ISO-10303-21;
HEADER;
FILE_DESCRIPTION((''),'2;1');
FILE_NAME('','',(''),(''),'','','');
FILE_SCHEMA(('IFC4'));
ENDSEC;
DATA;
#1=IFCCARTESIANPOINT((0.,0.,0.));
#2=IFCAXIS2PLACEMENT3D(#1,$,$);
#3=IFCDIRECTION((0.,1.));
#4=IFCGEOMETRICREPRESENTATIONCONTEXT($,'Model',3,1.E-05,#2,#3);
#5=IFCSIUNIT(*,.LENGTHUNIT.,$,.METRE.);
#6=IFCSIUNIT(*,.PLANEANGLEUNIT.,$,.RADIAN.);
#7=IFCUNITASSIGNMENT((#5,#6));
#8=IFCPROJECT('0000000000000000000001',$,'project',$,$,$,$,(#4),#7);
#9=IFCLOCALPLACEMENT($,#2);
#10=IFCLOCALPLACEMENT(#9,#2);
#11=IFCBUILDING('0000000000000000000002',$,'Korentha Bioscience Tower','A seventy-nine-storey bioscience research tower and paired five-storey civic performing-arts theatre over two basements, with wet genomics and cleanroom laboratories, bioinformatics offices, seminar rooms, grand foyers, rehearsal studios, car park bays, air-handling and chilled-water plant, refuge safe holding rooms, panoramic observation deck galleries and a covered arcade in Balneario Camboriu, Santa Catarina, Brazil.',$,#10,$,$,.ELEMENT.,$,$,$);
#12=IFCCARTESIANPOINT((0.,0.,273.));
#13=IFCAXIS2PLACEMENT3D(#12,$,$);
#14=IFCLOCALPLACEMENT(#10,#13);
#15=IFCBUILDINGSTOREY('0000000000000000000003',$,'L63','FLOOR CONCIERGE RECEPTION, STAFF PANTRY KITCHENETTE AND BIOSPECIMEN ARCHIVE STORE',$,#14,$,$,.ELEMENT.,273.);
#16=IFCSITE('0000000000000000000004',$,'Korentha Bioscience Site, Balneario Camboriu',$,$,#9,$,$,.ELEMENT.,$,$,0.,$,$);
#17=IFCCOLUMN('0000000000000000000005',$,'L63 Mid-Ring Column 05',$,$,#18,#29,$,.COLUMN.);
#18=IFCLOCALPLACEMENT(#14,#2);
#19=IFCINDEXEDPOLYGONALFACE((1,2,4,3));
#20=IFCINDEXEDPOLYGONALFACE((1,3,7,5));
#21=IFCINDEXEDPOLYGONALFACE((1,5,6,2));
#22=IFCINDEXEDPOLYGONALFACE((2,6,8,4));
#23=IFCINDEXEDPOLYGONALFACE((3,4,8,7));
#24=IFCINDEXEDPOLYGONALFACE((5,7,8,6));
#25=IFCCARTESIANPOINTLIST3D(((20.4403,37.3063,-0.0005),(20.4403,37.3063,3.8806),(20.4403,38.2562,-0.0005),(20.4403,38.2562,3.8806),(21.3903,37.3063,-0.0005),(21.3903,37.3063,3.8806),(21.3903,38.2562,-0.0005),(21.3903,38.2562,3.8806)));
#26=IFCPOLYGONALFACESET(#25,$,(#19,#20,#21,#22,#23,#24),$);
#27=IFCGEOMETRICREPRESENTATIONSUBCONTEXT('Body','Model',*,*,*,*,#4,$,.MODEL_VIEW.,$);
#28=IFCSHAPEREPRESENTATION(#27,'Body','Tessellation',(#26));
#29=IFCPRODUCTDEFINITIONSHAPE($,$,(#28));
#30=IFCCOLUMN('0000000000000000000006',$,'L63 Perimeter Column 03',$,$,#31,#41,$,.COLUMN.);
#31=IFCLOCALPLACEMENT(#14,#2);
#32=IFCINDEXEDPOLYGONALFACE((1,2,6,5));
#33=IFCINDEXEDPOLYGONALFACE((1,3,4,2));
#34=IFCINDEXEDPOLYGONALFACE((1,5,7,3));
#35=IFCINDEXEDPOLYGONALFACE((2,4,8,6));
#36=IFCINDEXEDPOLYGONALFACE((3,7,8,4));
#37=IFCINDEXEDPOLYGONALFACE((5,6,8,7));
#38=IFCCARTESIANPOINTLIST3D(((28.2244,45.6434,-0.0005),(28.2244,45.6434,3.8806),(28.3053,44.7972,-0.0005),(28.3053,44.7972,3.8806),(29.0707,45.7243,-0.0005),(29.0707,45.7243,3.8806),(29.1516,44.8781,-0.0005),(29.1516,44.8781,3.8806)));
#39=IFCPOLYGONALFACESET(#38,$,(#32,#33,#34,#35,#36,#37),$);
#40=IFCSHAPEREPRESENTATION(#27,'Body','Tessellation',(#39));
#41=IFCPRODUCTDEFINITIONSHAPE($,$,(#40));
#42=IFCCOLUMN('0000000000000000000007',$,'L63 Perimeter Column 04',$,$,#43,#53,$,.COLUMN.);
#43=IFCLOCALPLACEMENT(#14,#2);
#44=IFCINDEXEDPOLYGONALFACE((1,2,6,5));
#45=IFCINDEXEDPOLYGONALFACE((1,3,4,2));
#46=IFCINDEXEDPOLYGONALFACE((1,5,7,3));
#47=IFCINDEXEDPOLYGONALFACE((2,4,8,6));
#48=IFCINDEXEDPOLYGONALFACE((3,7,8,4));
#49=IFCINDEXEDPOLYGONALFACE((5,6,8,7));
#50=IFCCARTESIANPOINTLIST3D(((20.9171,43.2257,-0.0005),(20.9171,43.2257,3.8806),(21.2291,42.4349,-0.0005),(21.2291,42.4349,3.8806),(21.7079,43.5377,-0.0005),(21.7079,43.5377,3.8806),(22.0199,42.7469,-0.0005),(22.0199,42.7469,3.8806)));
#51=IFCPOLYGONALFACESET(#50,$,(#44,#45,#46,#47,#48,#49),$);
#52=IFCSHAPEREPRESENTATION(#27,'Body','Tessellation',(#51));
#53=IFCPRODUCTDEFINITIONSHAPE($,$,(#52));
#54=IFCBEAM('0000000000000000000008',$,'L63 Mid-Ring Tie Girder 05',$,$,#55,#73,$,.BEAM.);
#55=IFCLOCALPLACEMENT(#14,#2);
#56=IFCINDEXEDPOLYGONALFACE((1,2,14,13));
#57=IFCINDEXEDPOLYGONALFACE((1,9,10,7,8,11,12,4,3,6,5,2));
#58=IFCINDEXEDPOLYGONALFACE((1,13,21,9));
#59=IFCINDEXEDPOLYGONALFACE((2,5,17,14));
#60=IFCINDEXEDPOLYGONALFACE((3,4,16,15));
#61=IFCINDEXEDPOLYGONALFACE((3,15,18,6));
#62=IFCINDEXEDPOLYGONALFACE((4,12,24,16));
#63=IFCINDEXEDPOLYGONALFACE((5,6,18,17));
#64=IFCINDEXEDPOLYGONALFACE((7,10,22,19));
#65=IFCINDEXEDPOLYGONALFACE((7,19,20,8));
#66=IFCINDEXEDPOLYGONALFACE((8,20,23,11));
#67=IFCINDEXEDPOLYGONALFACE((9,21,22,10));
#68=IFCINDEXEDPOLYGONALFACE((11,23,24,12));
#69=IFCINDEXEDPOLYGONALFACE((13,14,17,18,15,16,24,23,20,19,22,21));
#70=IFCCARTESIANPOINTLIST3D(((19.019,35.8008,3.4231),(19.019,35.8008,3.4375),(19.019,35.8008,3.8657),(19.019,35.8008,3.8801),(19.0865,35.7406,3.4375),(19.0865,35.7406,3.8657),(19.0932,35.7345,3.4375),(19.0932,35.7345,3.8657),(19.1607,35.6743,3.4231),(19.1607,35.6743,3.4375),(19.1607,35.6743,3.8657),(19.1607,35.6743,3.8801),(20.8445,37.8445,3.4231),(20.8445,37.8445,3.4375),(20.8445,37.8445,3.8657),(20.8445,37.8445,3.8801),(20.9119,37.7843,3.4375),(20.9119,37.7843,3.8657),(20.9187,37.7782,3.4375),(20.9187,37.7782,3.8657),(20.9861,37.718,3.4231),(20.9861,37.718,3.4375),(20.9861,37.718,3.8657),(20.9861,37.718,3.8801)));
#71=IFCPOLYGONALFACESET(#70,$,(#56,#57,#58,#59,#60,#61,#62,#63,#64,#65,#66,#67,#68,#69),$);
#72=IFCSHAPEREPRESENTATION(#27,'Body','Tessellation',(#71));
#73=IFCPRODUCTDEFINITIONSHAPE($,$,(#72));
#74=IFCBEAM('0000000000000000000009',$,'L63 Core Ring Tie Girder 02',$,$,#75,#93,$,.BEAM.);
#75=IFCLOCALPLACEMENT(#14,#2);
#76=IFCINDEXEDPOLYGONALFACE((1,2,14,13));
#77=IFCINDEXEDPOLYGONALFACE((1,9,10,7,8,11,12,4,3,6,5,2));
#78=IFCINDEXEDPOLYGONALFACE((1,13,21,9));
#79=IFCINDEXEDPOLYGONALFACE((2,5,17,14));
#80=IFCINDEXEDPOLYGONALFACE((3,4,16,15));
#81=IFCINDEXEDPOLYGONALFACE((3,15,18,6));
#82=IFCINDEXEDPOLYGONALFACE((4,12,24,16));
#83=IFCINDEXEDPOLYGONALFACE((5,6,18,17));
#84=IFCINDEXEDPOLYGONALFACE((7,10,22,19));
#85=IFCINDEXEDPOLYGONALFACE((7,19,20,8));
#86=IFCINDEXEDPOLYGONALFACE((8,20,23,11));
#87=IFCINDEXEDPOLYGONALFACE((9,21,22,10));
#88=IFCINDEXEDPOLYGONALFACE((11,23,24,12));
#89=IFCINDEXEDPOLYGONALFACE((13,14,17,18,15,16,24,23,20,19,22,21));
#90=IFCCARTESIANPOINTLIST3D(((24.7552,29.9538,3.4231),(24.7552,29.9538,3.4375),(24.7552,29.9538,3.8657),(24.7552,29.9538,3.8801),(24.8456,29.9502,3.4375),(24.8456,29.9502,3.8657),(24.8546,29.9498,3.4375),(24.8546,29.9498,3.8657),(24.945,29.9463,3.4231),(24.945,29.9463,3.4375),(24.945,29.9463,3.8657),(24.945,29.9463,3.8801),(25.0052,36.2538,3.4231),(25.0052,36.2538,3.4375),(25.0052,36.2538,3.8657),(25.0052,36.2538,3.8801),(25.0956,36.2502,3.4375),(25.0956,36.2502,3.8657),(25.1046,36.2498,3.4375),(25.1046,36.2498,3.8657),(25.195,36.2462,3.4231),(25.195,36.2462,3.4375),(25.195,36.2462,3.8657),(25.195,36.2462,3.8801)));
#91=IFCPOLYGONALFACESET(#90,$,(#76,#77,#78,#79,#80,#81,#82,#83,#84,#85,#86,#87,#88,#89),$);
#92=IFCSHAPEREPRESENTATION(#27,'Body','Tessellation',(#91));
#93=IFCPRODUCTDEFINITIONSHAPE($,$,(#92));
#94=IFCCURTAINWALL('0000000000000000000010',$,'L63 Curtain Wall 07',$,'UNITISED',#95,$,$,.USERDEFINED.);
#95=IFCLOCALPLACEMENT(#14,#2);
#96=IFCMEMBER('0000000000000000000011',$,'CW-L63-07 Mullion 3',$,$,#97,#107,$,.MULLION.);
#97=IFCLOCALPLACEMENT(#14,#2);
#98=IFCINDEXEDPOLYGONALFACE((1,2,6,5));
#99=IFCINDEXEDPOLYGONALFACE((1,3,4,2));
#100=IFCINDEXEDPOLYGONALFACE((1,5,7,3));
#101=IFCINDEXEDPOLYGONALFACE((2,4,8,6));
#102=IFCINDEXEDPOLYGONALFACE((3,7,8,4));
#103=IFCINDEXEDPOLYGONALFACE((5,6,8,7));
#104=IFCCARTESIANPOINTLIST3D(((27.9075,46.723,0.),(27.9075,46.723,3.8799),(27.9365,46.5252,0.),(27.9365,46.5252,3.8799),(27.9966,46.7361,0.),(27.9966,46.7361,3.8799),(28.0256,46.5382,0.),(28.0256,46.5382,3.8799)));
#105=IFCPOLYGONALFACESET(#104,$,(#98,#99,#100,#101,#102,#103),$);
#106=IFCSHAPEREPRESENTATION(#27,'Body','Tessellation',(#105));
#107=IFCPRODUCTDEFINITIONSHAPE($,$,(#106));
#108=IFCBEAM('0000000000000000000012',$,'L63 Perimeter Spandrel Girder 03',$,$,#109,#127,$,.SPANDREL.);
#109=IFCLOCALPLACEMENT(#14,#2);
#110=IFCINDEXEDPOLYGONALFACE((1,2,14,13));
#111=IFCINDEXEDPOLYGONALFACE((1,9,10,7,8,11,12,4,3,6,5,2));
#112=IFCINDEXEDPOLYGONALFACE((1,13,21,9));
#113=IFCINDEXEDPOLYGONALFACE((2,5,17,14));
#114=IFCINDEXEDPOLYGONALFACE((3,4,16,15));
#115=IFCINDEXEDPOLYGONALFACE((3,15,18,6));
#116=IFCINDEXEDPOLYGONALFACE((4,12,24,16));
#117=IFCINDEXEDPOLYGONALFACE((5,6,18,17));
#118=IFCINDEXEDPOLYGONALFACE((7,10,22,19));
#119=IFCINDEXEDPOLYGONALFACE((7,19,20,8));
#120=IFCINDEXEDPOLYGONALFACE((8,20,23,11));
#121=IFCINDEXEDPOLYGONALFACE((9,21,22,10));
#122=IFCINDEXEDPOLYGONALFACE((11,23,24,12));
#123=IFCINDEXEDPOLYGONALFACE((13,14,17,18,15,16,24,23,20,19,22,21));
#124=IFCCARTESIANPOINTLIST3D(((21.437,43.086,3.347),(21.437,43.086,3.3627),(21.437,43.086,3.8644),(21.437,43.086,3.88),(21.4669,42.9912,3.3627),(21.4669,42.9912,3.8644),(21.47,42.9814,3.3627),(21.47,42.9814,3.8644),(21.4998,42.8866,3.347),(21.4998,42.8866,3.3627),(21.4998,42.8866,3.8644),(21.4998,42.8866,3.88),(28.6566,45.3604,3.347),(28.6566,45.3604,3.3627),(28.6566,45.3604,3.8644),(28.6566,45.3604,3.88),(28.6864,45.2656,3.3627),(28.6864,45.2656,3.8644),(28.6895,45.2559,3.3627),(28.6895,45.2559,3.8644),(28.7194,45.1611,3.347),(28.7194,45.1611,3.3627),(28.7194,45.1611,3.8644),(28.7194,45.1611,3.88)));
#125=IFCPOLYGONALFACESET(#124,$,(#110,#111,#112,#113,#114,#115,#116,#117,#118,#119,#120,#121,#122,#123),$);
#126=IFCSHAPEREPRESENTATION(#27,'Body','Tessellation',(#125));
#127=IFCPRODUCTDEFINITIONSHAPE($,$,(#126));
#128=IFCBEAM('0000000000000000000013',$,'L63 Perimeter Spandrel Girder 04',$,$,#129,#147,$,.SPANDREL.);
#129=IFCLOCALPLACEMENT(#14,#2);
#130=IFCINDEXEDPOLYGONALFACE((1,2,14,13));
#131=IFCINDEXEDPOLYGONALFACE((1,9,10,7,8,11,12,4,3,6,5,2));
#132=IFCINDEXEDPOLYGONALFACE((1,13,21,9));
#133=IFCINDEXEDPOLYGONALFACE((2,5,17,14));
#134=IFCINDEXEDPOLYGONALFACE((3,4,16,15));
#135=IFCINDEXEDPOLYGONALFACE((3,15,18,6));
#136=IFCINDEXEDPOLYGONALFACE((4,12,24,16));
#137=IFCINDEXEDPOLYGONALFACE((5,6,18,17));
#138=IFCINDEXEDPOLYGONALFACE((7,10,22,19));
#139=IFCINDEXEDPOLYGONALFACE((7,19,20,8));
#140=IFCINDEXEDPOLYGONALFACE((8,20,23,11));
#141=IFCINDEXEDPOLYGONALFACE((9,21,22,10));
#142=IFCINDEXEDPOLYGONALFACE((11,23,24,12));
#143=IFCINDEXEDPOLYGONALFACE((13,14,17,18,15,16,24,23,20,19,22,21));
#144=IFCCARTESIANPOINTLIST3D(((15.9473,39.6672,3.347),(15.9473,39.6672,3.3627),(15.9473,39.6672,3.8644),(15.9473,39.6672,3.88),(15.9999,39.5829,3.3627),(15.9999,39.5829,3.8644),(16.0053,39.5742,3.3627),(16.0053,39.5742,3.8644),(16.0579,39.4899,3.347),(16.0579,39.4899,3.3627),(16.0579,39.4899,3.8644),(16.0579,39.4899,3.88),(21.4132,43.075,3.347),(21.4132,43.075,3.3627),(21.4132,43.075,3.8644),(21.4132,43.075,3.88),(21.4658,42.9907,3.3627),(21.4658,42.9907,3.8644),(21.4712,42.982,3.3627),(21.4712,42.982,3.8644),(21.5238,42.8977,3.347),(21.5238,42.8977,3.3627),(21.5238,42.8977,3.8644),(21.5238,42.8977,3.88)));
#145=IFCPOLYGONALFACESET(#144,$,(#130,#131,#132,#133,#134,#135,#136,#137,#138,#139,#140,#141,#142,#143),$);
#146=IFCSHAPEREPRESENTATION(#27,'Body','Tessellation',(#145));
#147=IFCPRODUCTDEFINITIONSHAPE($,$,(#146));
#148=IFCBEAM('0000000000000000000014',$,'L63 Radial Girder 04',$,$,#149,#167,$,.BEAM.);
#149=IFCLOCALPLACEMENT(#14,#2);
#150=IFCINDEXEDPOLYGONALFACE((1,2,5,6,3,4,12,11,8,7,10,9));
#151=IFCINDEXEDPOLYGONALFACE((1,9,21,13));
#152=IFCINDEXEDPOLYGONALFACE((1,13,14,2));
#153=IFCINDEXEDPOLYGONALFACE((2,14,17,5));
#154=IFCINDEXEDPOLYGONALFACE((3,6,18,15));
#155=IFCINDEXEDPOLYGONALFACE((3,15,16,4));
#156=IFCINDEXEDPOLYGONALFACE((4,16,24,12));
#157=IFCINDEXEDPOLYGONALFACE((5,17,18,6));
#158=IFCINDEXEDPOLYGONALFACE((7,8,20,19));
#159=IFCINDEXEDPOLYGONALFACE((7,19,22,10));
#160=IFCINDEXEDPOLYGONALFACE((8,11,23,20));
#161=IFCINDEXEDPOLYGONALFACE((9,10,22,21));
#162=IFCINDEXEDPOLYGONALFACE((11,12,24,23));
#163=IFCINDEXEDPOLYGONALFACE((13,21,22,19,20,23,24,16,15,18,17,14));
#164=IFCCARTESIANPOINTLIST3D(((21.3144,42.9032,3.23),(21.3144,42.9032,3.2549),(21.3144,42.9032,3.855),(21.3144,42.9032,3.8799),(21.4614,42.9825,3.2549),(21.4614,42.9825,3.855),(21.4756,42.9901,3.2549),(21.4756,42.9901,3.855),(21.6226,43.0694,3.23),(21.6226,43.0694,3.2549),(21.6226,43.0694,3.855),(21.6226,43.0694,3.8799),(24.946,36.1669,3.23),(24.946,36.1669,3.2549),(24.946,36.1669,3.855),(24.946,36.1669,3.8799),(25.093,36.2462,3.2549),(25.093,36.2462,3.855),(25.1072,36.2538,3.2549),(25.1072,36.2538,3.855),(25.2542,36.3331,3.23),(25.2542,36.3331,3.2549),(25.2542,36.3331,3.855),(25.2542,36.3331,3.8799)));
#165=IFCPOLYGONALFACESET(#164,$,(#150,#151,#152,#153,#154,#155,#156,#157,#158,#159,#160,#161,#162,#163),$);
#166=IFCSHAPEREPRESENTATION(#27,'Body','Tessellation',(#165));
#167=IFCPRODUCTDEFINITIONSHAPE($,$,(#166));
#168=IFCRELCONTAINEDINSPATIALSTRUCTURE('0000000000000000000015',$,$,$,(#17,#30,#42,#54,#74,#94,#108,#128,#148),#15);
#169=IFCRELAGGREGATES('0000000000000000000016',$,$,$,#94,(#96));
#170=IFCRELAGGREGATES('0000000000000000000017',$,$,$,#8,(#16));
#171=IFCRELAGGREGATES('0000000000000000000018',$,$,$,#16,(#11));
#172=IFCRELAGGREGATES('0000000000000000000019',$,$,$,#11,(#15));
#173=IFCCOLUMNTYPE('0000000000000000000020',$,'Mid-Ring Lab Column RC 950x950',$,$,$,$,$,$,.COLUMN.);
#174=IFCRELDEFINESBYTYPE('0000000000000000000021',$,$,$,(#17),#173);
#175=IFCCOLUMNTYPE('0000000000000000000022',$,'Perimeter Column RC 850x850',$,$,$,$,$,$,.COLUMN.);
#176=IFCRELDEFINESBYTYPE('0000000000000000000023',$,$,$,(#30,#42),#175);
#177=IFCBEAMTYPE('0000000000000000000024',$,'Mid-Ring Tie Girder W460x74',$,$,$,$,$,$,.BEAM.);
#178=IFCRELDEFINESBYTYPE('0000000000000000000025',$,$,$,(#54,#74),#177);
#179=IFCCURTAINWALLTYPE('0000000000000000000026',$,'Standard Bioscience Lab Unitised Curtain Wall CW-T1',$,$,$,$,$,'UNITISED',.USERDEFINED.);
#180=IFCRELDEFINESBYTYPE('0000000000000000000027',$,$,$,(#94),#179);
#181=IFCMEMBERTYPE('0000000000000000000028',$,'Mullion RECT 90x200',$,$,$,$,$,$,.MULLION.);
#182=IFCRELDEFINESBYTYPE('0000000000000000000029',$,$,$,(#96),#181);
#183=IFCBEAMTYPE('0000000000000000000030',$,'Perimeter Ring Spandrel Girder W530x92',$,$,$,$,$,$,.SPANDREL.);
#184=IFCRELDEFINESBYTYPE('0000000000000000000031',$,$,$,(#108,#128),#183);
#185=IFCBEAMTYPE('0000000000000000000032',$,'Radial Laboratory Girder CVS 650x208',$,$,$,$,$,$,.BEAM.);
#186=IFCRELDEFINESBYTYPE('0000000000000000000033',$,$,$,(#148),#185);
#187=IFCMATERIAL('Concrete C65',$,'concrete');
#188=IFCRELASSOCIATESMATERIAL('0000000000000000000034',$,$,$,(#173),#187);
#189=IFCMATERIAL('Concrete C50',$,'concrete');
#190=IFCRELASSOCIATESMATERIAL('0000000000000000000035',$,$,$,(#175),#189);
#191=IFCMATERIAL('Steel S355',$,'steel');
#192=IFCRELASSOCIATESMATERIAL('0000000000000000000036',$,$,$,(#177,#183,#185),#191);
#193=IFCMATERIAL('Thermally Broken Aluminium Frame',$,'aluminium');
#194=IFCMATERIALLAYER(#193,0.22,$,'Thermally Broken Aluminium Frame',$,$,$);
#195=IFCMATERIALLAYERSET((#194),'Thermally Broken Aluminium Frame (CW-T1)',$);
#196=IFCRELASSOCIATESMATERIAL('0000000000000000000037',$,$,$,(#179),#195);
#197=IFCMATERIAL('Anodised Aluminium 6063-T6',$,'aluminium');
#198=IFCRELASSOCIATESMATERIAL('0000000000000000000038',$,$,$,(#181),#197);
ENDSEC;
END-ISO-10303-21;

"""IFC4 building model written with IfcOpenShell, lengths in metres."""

from ifc_helpers import new_model, si_unit, direction, frame, origin, origin_2d, place, context, subcontext, project, spatial, rectangle, i_section, extrude, material, layer, layer_set, material_profile, profile_set, type_object, element, aggregate, save


model = new_model("IFC4")

# Units and contexts
model_context = context("Model", 3, precision=1e-05, world=origin(), true_north=direction((0.0, 1.0)))
body_context = subcontext(model_context, "Body", "Model", "MODEL_VIEW")
ifc_project = project(units=[si_unit("LENGTHUNIT", "METRE"), si_unit("PLANEANGLEUNIT", "RADIAN")], contexts=[model_context])

# Site, building, storey
site_placement = place(None, origin())
site = spatial("IfcSite", under=ifc_project, at=site_placement, Name="Korentha Bioscience Site, Balneario Camboriu", CompositionType="ELEMENT", RefElevation=0.0)
building_placement = place(site_placement, origin())
building = spatial("IfcBuilding", under=site, at=building_placement, Name="Korentha Bioscience Tower", Description="A seventy-nine-storey bioscience research tower and paired five-storey civic performing-arts theatre over two basements, with wet genomics and cleanroom laboratories, bioinformatics offices, seminar rooms, grand foyers, rehearsal studios, car park bays, air-handling and chilled-water plant, refuge safe holding rooms, panoramic observation deck galleries and a covered arcade in Balneario Camboriu, Santa Catarina, Brazil.", CompositionType="ELEMENT")
storey_placement = place(building_placement, frame((0.0, 0.0, 273.0)))
storey = spatial("IfcBuildingStorey", under=building, at=storey_placement, Name="L63", Description="FLOOR CONCIERGE RECEPTION, STAFF PANTRY KITCHENETTE AND BIOSPECIMEN ARCHIVE STORE", CompositionType="ELEMENT", Elevation=273.0)

# Columns
ifc_material_1 = material(Name="Concrete C65", Category="concrete")
ifc_material_profile_1 = material_profile(ifc_material_1, rectangle(XDim=0.95, YDim=0.95, at=origin_2d()), Name="Concrete C65")
ifc_profile_set_1 = profile_set([ifc_material_profile_1], Name="Concrete C65 (COL-MR09)")
column_type_1 = type_object("IfcColumnType", Name="Mid-Ring Lab Column RC 950x950", PredefinedType="COLUMN", material=ifc_profile_set_1)
column_placement = place(storey_placement, frame((20.9153, 37.7812, -0.0005), z_axis=(0.0, 0.0, 1.0), x_axis=(1.0, 0.0, 0.0)))
element("IfcColumn", 1, at=column_placement, inside=storey, type_object=column_type_1, Name="L63 Mid-Ring Column 05", PredefinedType="COLUMN", context=body_context, shape_type="SweptSolid", body=[
    extrude(rectangle(XDim=0.95, YDim=0.95, at=origin_2d()), origin(), (0.0, 0.0, 1.0), 3.8811),
])
ifc_material_2 = material(Name="Concrete C50", Category="concrete")
ifc_material_profile_2 = material_profile(ifc_material_2, rectangle(XDim=0.8501, YDim=0.8501, at=origin_2d()), Name="Concrete C50")
ifc_profile_set_2 = profile_set([ifc_material_profile_2], Name="Concrete C50 (COL-P08)")
column_type_2 = type_object("IfcColumnType", Name="Perimeter Column RC 850x850", PredefinedType="COLUMN", material=ifc_profile_set_2)
for number, where, z_axis, x_axis, name in (
    (2, (28.688, 45.2607, -0.0005), (0.0, 0.0, 1.0), (0.995463, 0.095151, 0.0), "L63 Perimeter Column 03"),
    (3, (21.4685, 42.9863, -0.0005), (0.0, 0.0, 1.0), (0.930226, 0.366988, 0.0), "L63 Perimeter Column 04"),
):
    element("IfcColumn", number, at=place(storey_placement, frame(where, z_axis=z_axis, x_axis=x_axis)), inside=storey, type_object=column_type_2, Name=name, PredefinedType="COLUMN", context=body_context, shape_type="SweptSolid", body=[
        extrude(rectangle(XDim=0.8501, YDim=0.8501, at=origin_2d()), origin(), (0.0, 0.0, 1.0), 3.8811),
    ])

# Beams
ifc_material_3 = material(Name="Steel S355", Category="steel")
ifc_material_profile_3 = material_profile(ifc_material_3, i_section(OverallWidth=0.1899, OverallDepth=0.457, WebThickness=0.009, FlangeThickness=0.0144, at=origin_2d()), Name="Steel S355")
ifc_profile_set_3 = profile_set([ifc_material_profile_3], Name="Steel S355 (MB-460)")
beam_type_1 = type_object("IfcBeamType", Name="Mid-Ring Tie Girder W460x74", PredefinedType="BEAM", material=ifc_profile_set_3)
beam_1_placement = place(storey_placement, frame((20.9153, 37.7812, 3.6516), z_axis=(-0.666159, -0.74581, 0.0), x_axis=(0.74581, -0.666159, 0.0)))
element("IfcBeam", 4, at=beam_1_placement, inside=storey, type_object=beam_type_1, Name="L63 Mid-Ring Tie Girder 05", PredefinedType="BEAM", context=body_context, shape_type="SweptSolid", body=[
    extrude(i_section(OverallWidth=0.1899, OverallDepth=0.457, WebThickness=0.009, FlangeThickness=0.0144, at=origin_2d()), origin(), (0.0, 0.0, 1.0), 2.7402),
])
beam_2_placement = place(storey_placement, frame((25.1001, 36.25, 3.6516), z_axis=(-0.039651, -0.999214, 0.0), x_axis=(0.999214, -0.039651, 0.0)))
element("IfcBeam", 5, at=beam_2_placement, inside=storey, type_object=beam_type_1, Name="L63 Core Ring Tie Girder 02", PredefinedType="BEAM", context=body_context, shape_type="SweptSolid", body=[
    extrude(i_section(OverallWidth=0.1899, OverallDepth=0.457, WebThickness=0.009, FlangeThickness=0.0144, at=origin_2d()), origin(), (0.0, 0.0, 1.0), 6.3049),
])

# Curtain wall, member
ifc_material_4 = material(Name="Thermally Broken Aluminium Frame", Category="aluminium")
ifc_layer_1 = layer(ifc_material_4, 0.22, Name="Thermally Broken Aluminium Frame")
ifc_layer_set_1 = layer_set([ifc_layer_1], Name="Thermally Broken Aluminium Frame (CW-T1)")
curtain_wall_type = type_object("IfcCurtainWallType", Name="Standard Bioscience Lab Unitised Curtain Wall CW-T1", ElementType="UNITISED", PredefinedType="USERDEFINED", material=ifc_layer_set_1)
curtain_wall_placement = place(storey_placement, origin())
curtain_wall = element("IfcCurtainWall", 6, at=curtain_wall_placement, inside=storey, type_object=curtain_wall_type, Name="L63 Curtain Wall 07", ObjectType="UNITISED", PredefinedType="USERDEFINED")
ifc_material_5 = material(Name="Anodised Aluminium 6063-T6", Category="aluminium")
ifc_material_profile_4 = material_profile(ifc_material_5, rectangle(XDim=0.0901, YDim=0.2, at=origin_2d()), Name="Anodised Aluminium 6063-T6")
ifc_profile_set_4 = profile_set([ifc_material_profile_4], Name="Anodised Aluminium 6063-T6 (CW-MUL)")
member_type_1 = type_object("IfcMemberType", Name="Mullion RECT 90x200", PredefinedType="MULLION", material=ifc_profile_set_4)
member_1_placement = place(storey_placement, frame((27.9666, 46.6306, 0.0), z_axis=(0.0, 0.0, 1.0), x_axis=(-0.98946, -0.144809, 0.0)))
member_1 = element("IfcMember", 7, at=member_1_placement, type_object=member_type_1, Name="CW-L63-07 Mullion 3", PredefinedType="MULLION", context=body_context, shape_type="SweptSolid", body=[
    extrude(rectangle(XDim=0.0901, YDim=0.2, at=origin_2d()), origin(), (0.0, 0.0, 1.0), 3.8799),
])

# Beams
ifc_material_profile_5 = material_profile(ifc_material_3, i_section(OverallWidth=0.209, OverallDepth=0.533, WebThickness=0.0103, FlangeThickness=0.0156, at=origin_2d()), Name="Steel S355")
ifc_profile_set_5 = profile_set([ifc_material_profile_5], Name="Steel S355 (SB-530)")
beam_type_2 = type_object("IfcBeamType", Name="Perimeter Ring Spandrel Girder W530x92", PredefinedType="SPANDREL", material=ifc_profile_set_5)
beam_3_placement = place(storey_placement, frame((28.688, 45.2607, 3.6135), z_axis=(-0.953788, -0.30048, 0.0), x_axis=(0.30048, -0.953788, 0.0)))
element("IfcBeam", 8, at=beam_3_placement, inside=storey, type_object=beam_type_2, Name="L63 Perimeter Spandrel Girder 03", PredefinedType="SPANDREL", context=body_context, shape_type="SweptSolid", body=[
    extrude(i_section(OverallWidth=0.209, OverallDepth=0.533, WebThickness=0.0103, FlangeThickness=0.0156, at=origin_2d()), origin(), (0.0, 0.0, 1.0), 7.5693),
])
beam_4_placement = place(storey_placement, frame((21.4685, 42.9863, 3.6135), z_axis=(-0.848586, -0.529058, 0.0), x_axis=(0.529058, -0.848586, 0.0)))
element("IfcBeam", 9, at=beam_4_placement, inside=storey, type_object=beam_type_2, Name="L63 Perimeter Spandrel Girder 04", PredefinedType="SPANDREL", context=body_context, shape_type="SweptSolid", body=[
    extrude(i_section(OverallWidth=0.209, OverallDepth=0.533, WebThickness=0.0103, FlangeThickness=0.0156, at=origin_2d()), origin(), (0.0, 0.0, 1.0), 6.4412),
])
ifc_material_profile_6 = material_profile(ifc_material_3, i_section(OverallWidth=0.3501, OverallDepth=0.6499, WebThickness=0.0161, FlangeThickness=0.0249, at=origin_2d()), Name="Steel S355")
ifc_profile_set_6 = profile_set([ifc_material_profile_6], Name="Steel S355 (RB-650)")
beam_type_3 = type_object("IfcBeamType", Name="Radial Laboratory Girder CVS 650x208", PredefinedType="BEAM", material=ifc_profile_set_6)
beam_5_placement = place(storey_placement, frame((25.1001, 36.25, 3.5549), z_axis=(-0.474539, 0.880234, 0.0), x_axis=(-0.880234, -0.474539, 0.0)))
element("IfcBeam", 10, at=beam_5_placement, inside=storey, type_object=beam_type_3, Name="L63 Radial Girder 04", PredefinedType="BEAM", context=body_context, shape_type="SweptSolid", body=[
    extrude(i_section(OverallWidth=0.3501, OverallDepth=0.6499, WebThickness=0.0161, FlangeThickness=0.0249, at=origin_2d()), origin(), (0.0, 0.0, 1.0), 7.6528),
])

aggregate(curtain_wall, [member_1])

save(model, "model.ifc")
